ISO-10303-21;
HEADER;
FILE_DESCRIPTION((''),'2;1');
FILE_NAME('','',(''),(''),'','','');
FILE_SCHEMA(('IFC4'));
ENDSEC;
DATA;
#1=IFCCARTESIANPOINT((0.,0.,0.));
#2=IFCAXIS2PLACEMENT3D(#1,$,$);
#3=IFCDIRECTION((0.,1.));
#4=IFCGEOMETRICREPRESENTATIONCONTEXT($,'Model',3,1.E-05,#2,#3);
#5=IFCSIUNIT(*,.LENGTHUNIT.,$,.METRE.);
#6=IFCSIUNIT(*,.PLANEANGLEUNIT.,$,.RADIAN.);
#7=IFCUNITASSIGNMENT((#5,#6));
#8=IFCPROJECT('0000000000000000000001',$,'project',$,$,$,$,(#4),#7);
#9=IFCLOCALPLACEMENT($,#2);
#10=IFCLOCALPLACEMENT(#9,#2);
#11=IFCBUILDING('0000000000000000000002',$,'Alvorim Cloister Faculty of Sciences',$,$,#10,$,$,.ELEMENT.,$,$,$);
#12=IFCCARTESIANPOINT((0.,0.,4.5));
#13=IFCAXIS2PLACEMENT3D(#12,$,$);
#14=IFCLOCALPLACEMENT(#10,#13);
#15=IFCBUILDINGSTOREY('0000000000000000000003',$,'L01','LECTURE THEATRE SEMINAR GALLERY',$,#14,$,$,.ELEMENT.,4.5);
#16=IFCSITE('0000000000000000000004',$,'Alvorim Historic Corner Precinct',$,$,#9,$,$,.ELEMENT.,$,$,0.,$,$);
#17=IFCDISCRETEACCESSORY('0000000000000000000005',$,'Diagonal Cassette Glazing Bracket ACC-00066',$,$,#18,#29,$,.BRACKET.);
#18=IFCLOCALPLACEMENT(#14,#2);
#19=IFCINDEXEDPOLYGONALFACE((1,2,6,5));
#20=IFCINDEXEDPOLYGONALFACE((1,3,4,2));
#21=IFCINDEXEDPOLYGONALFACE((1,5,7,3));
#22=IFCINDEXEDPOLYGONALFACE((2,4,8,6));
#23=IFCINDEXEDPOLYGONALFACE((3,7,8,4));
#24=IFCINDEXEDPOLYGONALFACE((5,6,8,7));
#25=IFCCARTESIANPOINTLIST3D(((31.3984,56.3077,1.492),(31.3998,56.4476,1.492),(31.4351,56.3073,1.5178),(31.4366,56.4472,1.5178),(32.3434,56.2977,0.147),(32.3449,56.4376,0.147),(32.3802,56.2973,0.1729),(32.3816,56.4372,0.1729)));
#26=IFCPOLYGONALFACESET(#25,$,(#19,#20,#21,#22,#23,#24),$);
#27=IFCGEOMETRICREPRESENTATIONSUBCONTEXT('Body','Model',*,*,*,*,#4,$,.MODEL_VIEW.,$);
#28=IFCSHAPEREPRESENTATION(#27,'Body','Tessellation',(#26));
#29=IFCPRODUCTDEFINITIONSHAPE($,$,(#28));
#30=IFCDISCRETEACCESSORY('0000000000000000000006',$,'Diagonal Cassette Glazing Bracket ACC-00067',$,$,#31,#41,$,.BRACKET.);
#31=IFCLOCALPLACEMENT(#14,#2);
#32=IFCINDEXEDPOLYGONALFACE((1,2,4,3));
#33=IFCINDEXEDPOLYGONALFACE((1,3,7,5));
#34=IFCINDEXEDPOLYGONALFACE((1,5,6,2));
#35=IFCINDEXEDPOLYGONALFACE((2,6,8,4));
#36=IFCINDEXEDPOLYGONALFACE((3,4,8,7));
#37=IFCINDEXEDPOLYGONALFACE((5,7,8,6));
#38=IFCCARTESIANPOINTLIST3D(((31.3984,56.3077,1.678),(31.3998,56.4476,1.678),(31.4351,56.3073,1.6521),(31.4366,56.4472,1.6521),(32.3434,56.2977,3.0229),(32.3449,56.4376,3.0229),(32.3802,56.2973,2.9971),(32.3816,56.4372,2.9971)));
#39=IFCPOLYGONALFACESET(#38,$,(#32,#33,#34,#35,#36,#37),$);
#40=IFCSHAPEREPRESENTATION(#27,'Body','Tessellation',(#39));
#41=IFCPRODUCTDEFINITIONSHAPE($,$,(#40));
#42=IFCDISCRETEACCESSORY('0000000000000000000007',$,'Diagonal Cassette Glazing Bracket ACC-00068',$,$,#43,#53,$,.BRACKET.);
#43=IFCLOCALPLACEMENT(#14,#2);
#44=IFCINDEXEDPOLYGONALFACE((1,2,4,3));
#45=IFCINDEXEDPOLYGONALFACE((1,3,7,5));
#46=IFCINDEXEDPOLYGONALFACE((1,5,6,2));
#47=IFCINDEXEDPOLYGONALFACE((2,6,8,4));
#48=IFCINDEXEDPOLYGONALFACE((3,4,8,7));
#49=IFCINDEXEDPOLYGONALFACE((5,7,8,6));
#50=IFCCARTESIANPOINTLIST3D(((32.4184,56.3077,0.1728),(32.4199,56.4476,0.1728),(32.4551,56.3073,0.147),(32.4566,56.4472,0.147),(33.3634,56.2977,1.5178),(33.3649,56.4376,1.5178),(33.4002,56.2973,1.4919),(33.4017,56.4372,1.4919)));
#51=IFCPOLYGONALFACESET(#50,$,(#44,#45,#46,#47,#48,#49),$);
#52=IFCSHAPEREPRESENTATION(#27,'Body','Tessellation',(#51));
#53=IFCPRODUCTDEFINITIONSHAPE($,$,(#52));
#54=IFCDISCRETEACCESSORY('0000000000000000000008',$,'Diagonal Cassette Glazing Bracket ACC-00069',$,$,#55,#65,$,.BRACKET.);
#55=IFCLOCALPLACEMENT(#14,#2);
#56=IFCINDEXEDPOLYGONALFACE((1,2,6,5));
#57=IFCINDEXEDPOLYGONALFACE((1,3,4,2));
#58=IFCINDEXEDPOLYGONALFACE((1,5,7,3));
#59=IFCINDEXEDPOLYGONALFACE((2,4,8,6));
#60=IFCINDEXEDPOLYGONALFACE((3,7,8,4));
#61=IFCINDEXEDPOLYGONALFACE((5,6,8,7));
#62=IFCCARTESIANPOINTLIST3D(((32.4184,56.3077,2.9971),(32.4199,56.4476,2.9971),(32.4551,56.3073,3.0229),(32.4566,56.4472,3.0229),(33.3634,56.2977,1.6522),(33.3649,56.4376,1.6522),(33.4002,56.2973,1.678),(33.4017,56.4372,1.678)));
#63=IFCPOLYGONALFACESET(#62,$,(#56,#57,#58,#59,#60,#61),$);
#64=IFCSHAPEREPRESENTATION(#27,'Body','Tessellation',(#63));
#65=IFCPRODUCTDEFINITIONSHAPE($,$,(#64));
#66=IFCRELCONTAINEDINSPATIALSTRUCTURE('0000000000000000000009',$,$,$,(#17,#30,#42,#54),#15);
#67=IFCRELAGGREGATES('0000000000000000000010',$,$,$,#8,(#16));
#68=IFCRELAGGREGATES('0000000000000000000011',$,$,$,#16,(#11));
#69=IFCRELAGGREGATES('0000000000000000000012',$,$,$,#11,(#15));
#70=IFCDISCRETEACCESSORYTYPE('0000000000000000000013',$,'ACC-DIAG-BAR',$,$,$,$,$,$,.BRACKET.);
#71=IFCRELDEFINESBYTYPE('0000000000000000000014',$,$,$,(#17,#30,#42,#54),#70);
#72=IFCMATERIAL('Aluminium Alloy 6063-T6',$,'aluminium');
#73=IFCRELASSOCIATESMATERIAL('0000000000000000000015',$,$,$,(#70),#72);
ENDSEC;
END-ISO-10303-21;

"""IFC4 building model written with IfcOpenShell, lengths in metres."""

from ifc_helpers import new_model, si_unit, direction, frame, origin, origin_2d, place, context, subcontext, project, spatial, rectangle, extrude, material, type_object, element, save


model = new_model("IFC4")

# Units and contexts
model_context = context("Model", 3, precision=1e-05, world=origin(), true_north=direction((0.0, 1.0)))
body_context = subcontext(model_context, "Body", "Model", "MODEL_VIEW")
ifc_project = project(units=[si_unit("LENGTHUNIT", "METRE"), si_unit("PLANEANGLEUNIT", "RADIAN")], contexts=[model_context])

# Site, building, storey
site_placement = place(None, origin())
site = spatial("IfcSite", under=ifc_project, at=site_placement, Name="Alvorim Historic Corner Precinct", CompositionType="ELEMENT", RefElevation=0.0)
building_placement = place(site_placement, origin())
building = spatial("IfcBuilding", under=site, at=building_placement, Name="Alvorim Cloister Faculty of Sciences", CompositionType="ELEMENT")
storey_placement = place(building_placement, frame((0.0, 0.0, 4.5)))
storey = spatial("IfcBuildingStorey", under=building, at=storey_placement, Name="L01", Description="LECTURE THEATRE SEMINAR GALLERY", CompositionType="ELEMENT", Elevation=4.5)

# Discrete accessories
ifc_material_1 = material(Name="Aluminium Alloy 6063-T6", Category="aluminium")
discrete_accessory_type = type_object("IfcDiscreteAccessoryType", Name="ACC-DIAG-BAR", PredefinedType="BRACKET", material=ifc_material_1)
for number, where, z_axis, x_axis, name in (
    (1, (31.4175, 56.3774, 1.5049), (0.574916, -0.006089, -0.81819), (0.010591, 0.999944, 0.0), "Diagonal Cassette Glazing Bracket ACC-00066"),
    (2, (31.4175, 56.3774, 1.665), (0.574916, -0.006089, 0.81819), (0.010591, 0.999944, 0.0), "Diagonal Cassette Glazing Bracket ACC-00067"),
    (3, (32.4375, 56.3774, 0.1599), (0.574916, -0.006089, 0.81819), (0.010591, 0.999944, 0.0), "Diagonal Cassette Glazing Bracket ACC-00068"),
    (4, (32.4375, 56.3774, 3.01), (0.574916, -0.006089, -0.81819), (0.010591, 0.999944, 0.0), "Diagonal Cassette Glazing Bracket ACC-00069"),
):
    element("IfcDiscreteAccessory", number, at=place(storey_placement, frame(where, z_axis=z_axis, x_axis=x_axis)), inside=storey, type_object=discrete_accessory_type, Name=name, PredefinedType="BRACKET", context=body_context, shape_type="SweptSolid", body=[
        extrude(rectangle(XDim=0.1399, YDim=0.0449, at=origin_2d()), origin(), (0.0, 0.0, 1.0), 1.6438),
    ])

save(model, "model.ifc")
